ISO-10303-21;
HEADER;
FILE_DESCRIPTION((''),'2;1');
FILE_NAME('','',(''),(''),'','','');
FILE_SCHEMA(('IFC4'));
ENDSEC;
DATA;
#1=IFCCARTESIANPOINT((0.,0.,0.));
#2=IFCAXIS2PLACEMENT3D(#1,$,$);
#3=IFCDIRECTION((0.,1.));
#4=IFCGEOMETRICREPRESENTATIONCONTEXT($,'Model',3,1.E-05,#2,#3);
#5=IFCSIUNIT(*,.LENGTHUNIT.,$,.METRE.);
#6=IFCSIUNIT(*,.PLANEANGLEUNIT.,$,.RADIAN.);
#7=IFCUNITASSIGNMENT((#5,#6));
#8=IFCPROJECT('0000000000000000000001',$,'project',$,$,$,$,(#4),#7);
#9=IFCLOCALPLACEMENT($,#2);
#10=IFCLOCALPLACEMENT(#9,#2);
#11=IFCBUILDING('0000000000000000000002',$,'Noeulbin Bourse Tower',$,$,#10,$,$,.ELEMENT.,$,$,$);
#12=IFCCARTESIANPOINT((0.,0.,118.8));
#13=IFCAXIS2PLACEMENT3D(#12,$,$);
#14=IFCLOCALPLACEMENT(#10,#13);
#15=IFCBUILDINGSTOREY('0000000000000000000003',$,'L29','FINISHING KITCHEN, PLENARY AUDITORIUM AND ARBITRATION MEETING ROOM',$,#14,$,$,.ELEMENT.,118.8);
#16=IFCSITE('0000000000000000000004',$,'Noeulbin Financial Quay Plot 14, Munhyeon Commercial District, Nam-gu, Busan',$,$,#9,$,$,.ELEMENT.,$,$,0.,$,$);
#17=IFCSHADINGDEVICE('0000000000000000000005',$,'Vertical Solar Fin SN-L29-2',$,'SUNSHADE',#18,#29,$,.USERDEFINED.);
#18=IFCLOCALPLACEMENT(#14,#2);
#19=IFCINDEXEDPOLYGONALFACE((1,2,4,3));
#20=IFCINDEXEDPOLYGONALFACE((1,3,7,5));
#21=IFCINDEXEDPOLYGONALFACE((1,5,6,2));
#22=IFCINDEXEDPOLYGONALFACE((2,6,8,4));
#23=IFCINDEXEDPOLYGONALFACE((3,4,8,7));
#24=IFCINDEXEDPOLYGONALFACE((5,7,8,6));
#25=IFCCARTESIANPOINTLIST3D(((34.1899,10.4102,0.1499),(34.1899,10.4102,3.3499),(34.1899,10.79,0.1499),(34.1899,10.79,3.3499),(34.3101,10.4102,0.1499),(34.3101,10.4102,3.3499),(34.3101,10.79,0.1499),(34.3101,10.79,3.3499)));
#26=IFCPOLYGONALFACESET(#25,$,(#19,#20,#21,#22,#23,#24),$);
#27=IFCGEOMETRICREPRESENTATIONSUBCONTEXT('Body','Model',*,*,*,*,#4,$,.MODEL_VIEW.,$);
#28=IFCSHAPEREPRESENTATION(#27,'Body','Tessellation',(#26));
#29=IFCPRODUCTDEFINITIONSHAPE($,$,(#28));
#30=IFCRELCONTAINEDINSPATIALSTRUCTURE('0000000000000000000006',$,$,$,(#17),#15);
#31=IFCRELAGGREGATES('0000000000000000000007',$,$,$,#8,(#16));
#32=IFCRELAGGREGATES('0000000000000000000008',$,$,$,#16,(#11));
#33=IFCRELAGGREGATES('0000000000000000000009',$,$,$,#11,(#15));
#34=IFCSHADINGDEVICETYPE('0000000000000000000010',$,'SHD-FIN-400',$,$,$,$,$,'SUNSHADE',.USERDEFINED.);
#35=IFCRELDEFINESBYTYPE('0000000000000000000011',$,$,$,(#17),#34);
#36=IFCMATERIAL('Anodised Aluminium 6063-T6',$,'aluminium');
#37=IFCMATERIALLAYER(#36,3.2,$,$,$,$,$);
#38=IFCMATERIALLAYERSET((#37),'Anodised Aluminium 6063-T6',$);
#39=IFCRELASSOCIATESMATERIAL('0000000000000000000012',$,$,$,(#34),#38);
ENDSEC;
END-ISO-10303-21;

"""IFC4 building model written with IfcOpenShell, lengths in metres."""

from ifc_helpers import new_model, si_unit, direction, frame, origin, origin_2d, place, context, subcontext, project, spatial, rectangle, extrude, material, layer, layer_set, type_object, element, save


model = new_model("IFC4")

# Units and contexts
model_context = context("Model", 3, precision=1e-05, world=origin(), true_north=direction((0.0, 1.0)))
body_context = subcontext(model_context, "Body", "Model", "MODEL_VIEW")
ifc_project = project(units=[si_unit("LENGTHUNIT", "METRE"), si_unit("PLANEANGLEUNIT", "RADIAN")], contexts=[model_context])

# Site, building, storey
site_placement = place(None, origin())
site = spatial("IfcSite", under=ifc_project, at=site_placement, Name="Noeulbin Financial Quay Plot 14, Munhyeon Commercial District, Nam-gu, Busan", CompositionType="ELEMENT", RefElevation=0.0)
building_placement = place(site_placement, origin())
building = spatial("IfcBuilding", under=site, at=building_placement, Name="Noeulbin Bourse Tower", CompositionType="ELEMENT")
storey_placement = place(building_placement, frame((0.0, 0.0, 118.8)))
storey = spatial("IfcBuildingStorey", under=building, at=storey_placement, Name="L29", Description="FINISHING KITCHEN, PLENARY AUDITORIUM AND ARBITRATION MEETING ROOM", CompositionType="ELEMENT", Elevation=118.8)

# Shared definitions
ifc_material_1 = material(Name="Anodised Aluminium 6063-T6", Category="aluminium")

# Shading device
ifc_layer_1 = layer(ifc_material_1, 3.2)
ifc_layer_set_1 = layer_set([ifc_layer_1], Name="Anodised Aluminium 6063-T6")
shading_device_type = type_object("IfcShadingDeviceType", Name="SHD-FIN-400", ElementType="SUNSHADE", PredefinedType="USERDEFINED", material=ifc_layer_set_1)
shading_device_placement = place(storey_placement, frame((34.25, 10.6001, 0.1499), z_axis=(0.0, 0.0, 1.0), x_axis=(1.0, 0.0, 0.0)))
element("IfcShadingDevice", 1, at=shading_device_placement, inside=storey, type_object=shading_device_type, Name="Vertical Solar Fin SN-L29-2", ObjectType="SUNSHADE", PredefinedType="USERDEFINED", context=body_context, shape_type="SweptSolid", body=[
    extrude(rectangle(XDim=0.1201, YDim=0.3799, at=origin_2d()), origin(), (0.0, 0.0, 1.0), 3.2),
])

save(model, "model.ifc")
